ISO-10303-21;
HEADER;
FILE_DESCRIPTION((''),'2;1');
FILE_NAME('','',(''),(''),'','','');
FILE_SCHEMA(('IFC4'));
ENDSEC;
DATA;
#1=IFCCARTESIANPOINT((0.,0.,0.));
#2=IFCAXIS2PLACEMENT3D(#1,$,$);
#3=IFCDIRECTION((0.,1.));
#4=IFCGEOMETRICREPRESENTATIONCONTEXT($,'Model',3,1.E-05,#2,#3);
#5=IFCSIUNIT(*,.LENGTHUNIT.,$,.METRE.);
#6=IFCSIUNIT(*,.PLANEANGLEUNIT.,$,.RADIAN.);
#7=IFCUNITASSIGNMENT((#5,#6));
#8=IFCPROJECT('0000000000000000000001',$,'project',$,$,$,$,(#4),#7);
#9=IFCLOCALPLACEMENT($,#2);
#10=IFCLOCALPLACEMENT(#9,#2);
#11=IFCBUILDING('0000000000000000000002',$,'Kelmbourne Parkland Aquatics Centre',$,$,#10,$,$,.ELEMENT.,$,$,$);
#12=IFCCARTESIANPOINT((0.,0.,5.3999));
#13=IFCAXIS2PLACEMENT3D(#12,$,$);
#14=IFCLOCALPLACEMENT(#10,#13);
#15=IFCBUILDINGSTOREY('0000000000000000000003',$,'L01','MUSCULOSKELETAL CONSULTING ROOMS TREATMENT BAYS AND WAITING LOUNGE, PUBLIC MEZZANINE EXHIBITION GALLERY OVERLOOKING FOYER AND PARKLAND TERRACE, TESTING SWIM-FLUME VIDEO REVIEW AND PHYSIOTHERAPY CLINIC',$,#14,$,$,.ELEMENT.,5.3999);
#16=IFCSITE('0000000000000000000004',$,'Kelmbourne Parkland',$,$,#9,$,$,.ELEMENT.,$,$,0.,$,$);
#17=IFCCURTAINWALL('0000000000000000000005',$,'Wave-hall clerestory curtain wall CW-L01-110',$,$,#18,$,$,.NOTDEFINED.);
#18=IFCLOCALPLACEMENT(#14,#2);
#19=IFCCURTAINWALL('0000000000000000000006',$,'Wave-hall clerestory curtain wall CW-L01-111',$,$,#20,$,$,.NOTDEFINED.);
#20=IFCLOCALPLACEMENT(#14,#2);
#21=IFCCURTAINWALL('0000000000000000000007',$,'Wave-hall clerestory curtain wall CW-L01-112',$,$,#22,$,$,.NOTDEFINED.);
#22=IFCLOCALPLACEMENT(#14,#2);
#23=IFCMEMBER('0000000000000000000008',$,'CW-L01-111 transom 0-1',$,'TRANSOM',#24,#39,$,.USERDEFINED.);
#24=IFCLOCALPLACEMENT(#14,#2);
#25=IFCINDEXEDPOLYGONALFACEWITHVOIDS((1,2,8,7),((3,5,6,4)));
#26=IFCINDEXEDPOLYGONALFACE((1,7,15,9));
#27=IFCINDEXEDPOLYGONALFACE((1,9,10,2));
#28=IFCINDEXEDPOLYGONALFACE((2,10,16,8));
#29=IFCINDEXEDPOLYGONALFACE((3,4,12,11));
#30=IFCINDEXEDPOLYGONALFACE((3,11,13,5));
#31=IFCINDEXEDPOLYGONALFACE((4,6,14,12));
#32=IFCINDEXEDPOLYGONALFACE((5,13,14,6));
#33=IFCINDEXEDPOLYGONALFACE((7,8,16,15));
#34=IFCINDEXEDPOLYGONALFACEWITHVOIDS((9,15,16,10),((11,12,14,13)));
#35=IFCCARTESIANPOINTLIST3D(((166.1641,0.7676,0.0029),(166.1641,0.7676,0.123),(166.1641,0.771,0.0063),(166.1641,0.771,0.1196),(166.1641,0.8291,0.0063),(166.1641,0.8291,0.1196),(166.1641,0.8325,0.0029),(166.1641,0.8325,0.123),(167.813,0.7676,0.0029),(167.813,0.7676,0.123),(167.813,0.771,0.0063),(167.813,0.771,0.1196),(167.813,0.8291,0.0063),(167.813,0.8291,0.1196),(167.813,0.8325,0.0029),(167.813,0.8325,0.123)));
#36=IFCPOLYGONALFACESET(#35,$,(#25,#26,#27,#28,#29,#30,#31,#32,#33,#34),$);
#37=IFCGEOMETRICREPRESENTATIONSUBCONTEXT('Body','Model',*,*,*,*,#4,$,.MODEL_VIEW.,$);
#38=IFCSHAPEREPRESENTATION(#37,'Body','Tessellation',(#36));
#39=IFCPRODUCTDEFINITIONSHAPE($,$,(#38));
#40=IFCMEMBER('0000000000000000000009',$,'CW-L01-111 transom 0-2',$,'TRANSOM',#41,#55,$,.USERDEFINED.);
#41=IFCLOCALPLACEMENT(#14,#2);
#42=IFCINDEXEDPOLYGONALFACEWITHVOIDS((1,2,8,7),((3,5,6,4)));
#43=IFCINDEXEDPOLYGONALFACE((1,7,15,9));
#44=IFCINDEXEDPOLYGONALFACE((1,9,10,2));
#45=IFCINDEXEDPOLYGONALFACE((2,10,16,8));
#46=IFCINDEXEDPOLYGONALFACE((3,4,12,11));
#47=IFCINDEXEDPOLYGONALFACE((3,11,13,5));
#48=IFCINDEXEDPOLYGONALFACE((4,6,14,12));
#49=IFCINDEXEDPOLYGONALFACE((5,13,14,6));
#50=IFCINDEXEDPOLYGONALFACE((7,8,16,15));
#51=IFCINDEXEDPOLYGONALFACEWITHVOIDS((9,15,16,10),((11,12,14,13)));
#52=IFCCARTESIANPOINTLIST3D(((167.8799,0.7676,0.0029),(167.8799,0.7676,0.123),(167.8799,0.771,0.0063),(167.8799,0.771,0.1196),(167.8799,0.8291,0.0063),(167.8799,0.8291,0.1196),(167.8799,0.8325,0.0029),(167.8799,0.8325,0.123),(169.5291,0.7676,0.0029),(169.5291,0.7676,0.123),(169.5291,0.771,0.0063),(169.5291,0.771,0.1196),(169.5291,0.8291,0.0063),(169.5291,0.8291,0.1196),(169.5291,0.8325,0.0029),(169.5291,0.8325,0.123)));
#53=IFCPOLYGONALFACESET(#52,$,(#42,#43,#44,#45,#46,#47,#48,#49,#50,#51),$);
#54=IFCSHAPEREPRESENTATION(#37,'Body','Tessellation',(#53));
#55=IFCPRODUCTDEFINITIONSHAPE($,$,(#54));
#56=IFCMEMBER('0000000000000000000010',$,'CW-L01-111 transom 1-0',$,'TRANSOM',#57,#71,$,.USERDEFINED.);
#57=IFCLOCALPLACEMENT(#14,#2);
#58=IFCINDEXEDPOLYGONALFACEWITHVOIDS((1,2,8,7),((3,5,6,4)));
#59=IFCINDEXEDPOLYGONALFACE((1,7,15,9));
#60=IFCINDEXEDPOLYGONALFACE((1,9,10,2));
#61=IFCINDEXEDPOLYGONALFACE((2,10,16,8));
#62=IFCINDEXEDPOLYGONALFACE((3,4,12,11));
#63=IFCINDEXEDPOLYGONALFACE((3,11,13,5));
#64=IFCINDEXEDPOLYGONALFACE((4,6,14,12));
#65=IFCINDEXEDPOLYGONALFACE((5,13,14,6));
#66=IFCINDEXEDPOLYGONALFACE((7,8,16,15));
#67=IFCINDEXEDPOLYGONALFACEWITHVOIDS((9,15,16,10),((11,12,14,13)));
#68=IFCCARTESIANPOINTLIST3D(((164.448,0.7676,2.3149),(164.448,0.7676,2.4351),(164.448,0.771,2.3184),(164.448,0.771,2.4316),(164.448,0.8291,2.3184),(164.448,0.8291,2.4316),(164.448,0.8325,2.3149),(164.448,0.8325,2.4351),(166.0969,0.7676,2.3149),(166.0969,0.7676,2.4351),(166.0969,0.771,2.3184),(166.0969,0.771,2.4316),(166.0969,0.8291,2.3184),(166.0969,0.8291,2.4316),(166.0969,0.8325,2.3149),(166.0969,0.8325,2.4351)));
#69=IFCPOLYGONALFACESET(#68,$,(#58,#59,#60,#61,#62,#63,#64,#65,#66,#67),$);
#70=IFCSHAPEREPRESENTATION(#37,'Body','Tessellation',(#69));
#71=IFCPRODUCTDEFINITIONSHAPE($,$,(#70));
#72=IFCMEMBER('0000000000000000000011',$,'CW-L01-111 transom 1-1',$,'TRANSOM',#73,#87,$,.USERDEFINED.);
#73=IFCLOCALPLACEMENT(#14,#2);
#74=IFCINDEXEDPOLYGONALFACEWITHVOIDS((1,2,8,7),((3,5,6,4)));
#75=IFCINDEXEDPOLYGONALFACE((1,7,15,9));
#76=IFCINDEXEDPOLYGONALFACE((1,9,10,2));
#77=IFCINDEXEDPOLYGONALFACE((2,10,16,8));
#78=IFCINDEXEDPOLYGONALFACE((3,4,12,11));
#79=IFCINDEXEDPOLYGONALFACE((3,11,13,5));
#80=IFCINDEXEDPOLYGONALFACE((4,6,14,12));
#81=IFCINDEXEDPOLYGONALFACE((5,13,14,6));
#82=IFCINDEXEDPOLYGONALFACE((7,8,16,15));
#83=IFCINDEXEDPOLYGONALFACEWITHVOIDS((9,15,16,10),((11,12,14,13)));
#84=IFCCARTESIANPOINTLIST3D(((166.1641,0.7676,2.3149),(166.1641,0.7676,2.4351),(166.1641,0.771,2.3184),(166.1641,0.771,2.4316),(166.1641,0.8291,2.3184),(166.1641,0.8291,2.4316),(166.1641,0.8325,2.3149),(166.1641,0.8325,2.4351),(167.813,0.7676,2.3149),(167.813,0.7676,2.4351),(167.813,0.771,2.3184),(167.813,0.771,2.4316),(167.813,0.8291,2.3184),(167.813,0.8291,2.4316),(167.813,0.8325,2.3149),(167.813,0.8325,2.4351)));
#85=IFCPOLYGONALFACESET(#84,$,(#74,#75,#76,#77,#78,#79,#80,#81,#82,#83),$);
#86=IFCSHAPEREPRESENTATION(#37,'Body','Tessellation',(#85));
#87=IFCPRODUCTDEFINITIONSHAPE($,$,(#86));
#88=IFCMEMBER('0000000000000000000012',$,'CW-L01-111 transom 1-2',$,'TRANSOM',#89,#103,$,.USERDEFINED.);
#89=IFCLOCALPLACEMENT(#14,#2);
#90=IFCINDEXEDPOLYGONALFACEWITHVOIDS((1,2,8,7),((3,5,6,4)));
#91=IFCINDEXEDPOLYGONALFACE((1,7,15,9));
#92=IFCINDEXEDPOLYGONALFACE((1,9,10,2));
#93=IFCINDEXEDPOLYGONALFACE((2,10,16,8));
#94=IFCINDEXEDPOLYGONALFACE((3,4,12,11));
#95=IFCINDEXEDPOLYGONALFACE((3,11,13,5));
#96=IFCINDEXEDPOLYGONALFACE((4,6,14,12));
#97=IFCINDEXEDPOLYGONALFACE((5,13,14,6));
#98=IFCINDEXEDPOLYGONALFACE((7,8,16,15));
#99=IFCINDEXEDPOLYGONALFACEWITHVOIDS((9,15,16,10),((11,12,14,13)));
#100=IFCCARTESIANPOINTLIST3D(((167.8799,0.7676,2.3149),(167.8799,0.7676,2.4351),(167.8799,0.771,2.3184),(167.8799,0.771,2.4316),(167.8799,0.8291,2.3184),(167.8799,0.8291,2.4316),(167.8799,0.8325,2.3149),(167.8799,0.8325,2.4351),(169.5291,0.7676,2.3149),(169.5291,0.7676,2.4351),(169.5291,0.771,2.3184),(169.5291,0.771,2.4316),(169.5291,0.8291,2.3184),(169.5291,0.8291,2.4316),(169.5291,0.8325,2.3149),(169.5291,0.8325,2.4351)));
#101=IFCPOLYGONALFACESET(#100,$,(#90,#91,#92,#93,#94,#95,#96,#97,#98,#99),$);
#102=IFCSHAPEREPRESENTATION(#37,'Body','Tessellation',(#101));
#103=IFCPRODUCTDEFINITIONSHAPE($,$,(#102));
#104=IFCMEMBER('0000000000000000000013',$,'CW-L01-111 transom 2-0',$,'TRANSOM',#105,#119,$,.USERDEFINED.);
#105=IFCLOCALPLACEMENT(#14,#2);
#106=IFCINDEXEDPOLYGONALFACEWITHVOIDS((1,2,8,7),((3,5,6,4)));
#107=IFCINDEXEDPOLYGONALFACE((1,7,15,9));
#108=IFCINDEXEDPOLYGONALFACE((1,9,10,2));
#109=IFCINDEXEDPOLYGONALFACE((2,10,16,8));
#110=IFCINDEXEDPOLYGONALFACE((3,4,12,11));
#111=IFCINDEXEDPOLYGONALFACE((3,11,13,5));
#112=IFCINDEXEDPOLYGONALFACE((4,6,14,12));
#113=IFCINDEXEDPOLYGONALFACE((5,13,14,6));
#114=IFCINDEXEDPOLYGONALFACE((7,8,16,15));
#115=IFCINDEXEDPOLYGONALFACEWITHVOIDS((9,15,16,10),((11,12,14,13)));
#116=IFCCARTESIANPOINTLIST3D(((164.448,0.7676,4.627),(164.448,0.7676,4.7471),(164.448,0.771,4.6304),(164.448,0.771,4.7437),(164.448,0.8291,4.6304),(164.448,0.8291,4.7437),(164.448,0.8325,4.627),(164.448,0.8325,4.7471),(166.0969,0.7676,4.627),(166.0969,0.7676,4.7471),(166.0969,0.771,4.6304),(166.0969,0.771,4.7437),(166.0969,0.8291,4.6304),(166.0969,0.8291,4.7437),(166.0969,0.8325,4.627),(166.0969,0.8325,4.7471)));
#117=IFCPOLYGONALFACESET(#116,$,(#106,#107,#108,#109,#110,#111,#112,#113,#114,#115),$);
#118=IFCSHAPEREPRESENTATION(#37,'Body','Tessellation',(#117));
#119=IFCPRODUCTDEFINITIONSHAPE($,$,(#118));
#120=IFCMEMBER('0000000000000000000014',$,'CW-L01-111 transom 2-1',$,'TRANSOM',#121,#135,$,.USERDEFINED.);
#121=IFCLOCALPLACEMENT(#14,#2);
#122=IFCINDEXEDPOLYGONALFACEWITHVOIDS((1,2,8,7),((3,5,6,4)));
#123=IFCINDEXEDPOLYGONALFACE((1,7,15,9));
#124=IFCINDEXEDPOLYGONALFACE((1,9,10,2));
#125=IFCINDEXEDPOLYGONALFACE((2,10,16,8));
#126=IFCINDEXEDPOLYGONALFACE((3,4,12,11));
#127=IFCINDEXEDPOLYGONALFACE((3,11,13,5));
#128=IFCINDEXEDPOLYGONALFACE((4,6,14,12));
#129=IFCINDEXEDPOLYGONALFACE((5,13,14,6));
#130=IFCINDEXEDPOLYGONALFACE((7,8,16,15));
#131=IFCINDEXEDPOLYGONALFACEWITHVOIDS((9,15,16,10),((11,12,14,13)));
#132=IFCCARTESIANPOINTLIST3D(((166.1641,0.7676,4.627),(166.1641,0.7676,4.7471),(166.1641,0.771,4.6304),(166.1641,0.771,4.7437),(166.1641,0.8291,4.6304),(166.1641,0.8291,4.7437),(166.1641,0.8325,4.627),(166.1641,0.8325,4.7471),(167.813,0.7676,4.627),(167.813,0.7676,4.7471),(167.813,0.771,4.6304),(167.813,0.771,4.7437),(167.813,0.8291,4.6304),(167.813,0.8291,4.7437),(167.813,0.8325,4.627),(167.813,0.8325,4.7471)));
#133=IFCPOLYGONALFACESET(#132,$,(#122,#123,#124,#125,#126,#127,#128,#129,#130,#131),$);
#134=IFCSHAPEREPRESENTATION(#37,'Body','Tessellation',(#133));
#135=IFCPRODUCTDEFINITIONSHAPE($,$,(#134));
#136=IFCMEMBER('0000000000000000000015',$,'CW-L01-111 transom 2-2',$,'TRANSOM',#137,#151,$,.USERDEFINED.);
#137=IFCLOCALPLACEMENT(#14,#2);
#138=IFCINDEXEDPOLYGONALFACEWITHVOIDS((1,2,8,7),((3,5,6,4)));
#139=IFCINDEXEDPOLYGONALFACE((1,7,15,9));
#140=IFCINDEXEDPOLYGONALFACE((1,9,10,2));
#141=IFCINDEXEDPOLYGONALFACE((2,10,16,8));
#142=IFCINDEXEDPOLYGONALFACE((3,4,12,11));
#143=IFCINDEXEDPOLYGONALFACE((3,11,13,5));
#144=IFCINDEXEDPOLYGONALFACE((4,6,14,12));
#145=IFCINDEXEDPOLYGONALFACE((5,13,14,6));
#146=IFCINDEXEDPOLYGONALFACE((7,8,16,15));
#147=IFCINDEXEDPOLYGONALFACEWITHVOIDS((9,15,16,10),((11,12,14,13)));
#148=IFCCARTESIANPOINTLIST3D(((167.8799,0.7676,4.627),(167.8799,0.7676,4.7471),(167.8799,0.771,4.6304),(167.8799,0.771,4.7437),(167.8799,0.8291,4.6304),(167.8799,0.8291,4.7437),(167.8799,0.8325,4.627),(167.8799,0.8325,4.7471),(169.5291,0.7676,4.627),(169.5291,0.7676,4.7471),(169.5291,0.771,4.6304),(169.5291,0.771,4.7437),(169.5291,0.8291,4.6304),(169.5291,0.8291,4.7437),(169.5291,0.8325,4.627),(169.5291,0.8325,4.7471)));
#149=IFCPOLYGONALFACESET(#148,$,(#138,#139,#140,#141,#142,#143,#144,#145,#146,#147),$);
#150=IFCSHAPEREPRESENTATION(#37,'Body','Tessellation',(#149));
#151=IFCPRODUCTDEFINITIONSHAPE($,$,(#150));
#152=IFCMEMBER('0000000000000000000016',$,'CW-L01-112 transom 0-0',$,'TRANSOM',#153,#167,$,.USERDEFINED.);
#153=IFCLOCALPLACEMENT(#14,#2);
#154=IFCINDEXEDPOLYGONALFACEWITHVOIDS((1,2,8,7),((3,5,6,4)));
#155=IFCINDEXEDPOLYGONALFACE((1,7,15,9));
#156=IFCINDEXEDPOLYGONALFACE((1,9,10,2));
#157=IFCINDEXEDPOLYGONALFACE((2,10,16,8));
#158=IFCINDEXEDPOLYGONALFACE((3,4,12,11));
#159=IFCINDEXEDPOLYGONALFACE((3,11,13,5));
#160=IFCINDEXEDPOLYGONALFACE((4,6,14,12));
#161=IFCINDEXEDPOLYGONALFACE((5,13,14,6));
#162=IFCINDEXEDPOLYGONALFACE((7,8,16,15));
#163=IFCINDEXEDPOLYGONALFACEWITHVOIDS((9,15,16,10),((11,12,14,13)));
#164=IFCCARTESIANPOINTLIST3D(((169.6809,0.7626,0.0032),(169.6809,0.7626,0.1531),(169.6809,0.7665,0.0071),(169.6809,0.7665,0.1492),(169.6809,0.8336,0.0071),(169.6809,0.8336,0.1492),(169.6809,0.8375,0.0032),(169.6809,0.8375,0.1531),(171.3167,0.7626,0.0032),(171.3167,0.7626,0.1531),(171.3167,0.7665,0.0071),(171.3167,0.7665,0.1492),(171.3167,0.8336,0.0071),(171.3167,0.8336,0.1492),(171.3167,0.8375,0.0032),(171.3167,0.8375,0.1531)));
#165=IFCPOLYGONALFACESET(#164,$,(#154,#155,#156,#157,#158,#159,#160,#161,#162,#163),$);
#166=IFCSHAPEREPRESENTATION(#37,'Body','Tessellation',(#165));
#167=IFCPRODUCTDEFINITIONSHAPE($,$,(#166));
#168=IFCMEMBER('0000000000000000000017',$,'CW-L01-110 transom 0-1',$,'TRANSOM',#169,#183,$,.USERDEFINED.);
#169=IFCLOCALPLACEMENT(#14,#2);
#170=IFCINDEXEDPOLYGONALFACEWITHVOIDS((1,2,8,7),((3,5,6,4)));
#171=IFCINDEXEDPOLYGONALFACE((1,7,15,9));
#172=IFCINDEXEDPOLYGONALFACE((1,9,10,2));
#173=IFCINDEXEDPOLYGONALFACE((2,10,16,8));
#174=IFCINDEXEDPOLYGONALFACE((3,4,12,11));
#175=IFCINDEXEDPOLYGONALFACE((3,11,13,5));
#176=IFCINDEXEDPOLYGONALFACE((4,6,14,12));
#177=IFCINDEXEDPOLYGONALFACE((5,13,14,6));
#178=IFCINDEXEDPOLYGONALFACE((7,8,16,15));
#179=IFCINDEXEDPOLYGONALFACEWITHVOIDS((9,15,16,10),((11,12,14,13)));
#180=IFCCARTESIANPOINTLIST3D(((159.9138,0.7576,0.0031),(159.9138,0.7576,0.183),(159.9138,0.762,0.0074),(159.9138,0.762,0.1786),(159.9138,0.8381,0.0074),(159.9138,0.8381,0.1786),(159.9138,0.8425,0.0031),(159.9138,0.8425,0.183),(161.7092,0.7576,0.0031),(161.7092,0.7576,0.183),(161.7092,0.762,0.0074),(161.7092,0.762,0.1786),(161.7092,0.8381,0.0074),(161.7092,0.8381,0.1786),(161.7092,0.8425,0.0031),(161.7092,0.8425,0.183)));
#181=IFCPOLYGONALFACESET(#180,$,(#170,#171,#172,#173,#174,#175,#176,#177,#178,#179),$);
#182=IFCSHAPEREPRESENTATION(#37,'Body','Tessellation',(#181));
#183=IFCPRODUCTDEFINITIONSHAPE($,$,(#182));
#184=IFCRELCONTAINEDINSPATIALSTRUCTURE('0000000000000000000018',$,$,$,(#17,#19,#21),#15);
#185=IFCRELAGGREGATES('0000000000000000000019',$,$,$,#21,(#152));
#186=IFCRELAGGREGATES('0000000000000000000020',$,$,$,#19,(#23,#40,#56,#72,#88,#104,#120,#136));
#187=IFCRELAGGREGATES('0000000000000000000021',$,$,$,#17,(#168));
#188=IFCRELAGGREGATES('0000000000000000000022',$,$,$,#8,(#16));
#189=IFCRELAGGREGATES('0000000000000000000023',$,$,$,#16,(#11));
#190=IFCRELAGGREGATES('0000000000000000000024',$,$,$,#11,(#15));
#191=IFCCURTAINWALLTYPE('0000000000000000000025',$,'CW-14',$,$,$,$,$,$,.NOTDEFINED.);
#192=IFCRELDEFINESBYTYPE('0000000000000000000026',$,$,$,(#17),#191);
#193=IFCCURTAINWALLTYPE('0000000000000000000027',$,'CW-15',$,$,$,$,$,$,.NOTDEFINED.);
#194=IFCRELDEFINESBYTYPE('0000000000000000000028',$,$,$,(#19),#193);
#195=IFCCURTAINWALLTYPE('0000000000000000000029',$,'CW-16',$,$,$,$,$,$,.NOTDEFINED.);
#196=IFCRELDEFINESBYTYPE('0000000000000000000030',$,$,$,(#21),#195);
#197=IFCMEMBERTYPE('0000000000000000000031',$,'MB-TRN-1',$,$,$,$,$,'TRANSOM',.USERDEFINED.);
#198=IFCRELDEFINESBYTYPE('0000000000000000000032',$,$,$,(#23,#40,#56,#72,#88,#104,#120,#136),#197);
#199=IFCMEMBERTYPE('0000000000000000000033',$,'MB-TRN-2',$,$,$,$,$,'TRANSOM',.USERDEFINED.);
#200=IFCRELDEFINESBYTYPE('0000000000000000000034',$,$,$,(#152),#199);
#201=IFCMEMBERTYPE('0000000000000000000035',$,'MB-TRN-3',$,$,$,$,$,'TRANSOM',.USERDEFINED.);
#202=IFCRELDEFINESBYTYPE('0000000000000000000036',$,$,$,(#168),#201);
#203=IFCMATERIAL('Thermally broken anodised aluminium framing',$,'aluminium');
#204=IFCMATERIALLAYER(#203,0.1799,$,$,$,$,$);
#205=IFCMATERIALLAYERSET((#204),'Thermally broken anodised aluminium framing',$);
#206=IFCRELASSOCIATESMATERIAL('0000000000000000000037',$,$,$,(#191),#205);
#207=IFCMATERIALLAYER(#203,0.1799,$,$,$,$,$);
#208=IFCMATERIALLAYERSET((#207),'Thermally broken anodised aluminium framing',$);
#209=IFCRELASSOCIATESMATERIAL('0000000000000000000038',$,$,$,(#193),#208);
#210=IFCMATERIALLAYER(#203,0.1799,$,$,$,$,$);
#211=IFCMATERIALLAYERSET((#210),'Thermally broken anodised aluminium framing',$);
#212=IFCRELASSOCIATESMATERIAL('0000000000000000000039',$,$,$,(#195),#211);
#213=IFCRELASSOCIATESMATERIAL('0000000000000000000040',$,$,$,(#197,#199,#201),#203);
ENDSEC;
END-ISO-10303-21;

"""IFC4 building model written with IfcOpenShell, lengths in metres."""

from ifc_helpers import new_model, si_unit, direction, frame, origin, origin_2d, place, context, subcontext, project, spatial, hollow_rectangle, extrude, material, layer, layer_set, material_profile, profile_set, type_object, element, aggregate, save


model = new_model("IFC4")

# Units and contexts
model_context = context("Model", 3, precision=1e-05, world=origin(), true_north=direction((0.0, 1.0)))
body_context = subcontext(model_context, "Body", "Model", "MODEL_VIEW")
ifc_project = project(units=[si_unit("LENGTHUNIT", "METRE"), si_unit("PLANEANGLEUNIT", "RADIAN")], contexts=[model_context])

# Site, building, storey
site_placement = place(None, origin())
site = spatial("IfcSite", under=ifc_project, at=site_placement, Name="Kelmbourne Parkland", CompositionType="ELEMENT", RefElevation=0.0)
building_placement = place(site_placement, origin())
building = spatial("IfcBuilding", under=site, at=building_placement, Name="Kelmbourne Parkland Aquatics Centre", CompositionType="ELEMENT")
storey_placement = place(building_placement, frame((0.0, 0.0, 5.3999)))
storey = spatial("IfcBuildingStorey", under=building, at=storey_placement, Name="L01", Description="MUSCULOSKELETAL CONSULTING ROOMS TREATMENT BAYS AND WAITING LOUNGE, PUBLIC MEZZANINE EXHIBITION GALLERY OVERLOOKING FOYER AND PARKLAND TERRACE, TESTING SWIM-FLUME VIDEO REVIEW AND PHYSIOTHERAPY CLINIC", CompositionType="ELEMENT", Elevation=5.3999)

# Curtain walls
ifc_material_1 = material(Name="Thermally broken anodised aluminium framing", Category="aluminium")
ifc_layer_1 = layer(ifc_material_1, 0.1799)
ifc_layer_set_1 = layer_set([ifc_layer_1], Name="Thermally broken anodised aluminium framing")
curtain_wall_type_1 = type_object("IfcCurtainWallType", Name="CW-14", PredefinedType="NOTDEFINED", material=ifc_layer_set_1)
curtain_wall_1_placement = place(storey_placement, origin())
curtain_wall_1 = element("IfcCurtainWall", 1, at=curtain_wall_1_placement, inside=storey, type_object=curtain_wall_type_1, Name="Wave-hall clerestory curtain wall CW-L01-110", PredefinedType="NOTDEFINED")
ifc_layer_2 = layer(ifc_material_1, 0.1799)
ifc_layer_set_2 = layer_set([ifc_layer_2], Name="Thermally broken anodised aluminium framing")
curtain_wall_type_2 = type_object("IfcCurtainWallType", Name="CW-15", PredefinedType="NOTDEFINED", material=ifc_layer_set_2)
curtain_wall_2_placement = place(storey_placement, origin())
curtain_wall_2 = element("IfcCurtainWall", 2, at=curtain_wall_2_placement, inside=storey, type_object=curtain_wall_type_2, Name="Wave-hall clerestory curtain wall CW-L01-111", PredefinedType="NOTDEFINED")

# Curtain wall
ifc_layer_3 = layer(ifc_material_1, 0.1799)
ifc_layer_set_3 = layer_set([ifc_layer_3], Name="Thermally broken anodised aluminium framing")
curtain_wall_type_3 = type_object("IfcCurtainWallType", Name="CW-16", PredefinedType="NOTDEFINED", material=ifc_layer_set_3)
curtain_wall_3_placement = place(storey_placement, origin())
curtain_wall_3 = element("IfcCurtainWall", 3, at=curtain_wall_3_placement, inside=storey, type_object=curtain_wall_type_3, Name="Wave-hall clerestory curtain wall CW-L01-112", PredefinedType="NOTDEFINED")

# Members
ifc_material_profile_1 = material_profile(ifc_material_1, hollow_rectangle(XDim=0.0649, YDim=0.1201, WallThickness=0.0034, at=origin_2d()), Name="CW-T 65x120")
ifc_profile_set_1 = profile_set([ifc_material_profile_1], Name="Thermally broken anodised aluminium framing")
member_type_1 = type_object("IfcMemberType", Name="MB-TRN-1", ElementType="TRANSOM", PredefinedType="USERDEFINED", material=ifc_profile_set_1)
member_1_placement = place(storey_placement, frame((166.1641, 0.8, 0.063), z_axis=(1.0, 0.0, 0.0), x_axis=(0.0, 1.0, 0.0)))
member_1 = element("IfcMember", 4, at=member_1_placement, type_object=member_type_1, Name="CW-L01-111 transom 0-1", ObjectType="TRANSOM", PredefinedType="USERDEFINED", context=body_context, shape_type="SweptSolid", body=[
    extrude(hollow_rectangle(XDim=0.0649, YDim=0.1201, WallThickness=0.0034, at=origin_2d()), origin(), (0.0, 0.0, 1.0), 1.6489),
])
member_2_placement = place(storey_placement, frame((167.8799, 0.8, 0.063), z_axis=(1.0, 0.0, 0.0), x_axis=(0.0, 1.0, 0.0)))
member_2 = element("IfcMember", 5, at=member_2_placement, type_object=member_type_1, Name="CW-L01-111 transom 0-2", ObjectType="TRANSOM", PredefinedType="USERDEFINED", context=body_context, shape_type="SweptSolid", body=[
    extrude(hollow_rectangle(XDim=0.0649, YDim=0.1201, WallThickness=0.0034, at=origin_2d()), origin(), (0.0, 0.0, 1.0), 1.6492),
])
member_3_placement = place(storey_placement, frame((164.448, 0.8, 2.375), z_axis=(1.0, 0.0, 0.0), x_axis=(0.0, 1.0, 0.0)))
member_3 = element("IfcMember", 6, at=member_3_placement, type_object=member_type_1, Name="CW-L01-111 transom 1-0", ObjectType="TRANSOM", PredefinedType="USERDEFINED", context=body_context, shape_type="SweptSolid", body=[
    extrude(hollow_rectangle(XDim=0.0649, YDim=0.1201, WallThickness=0.0034, at=origin_2d()), origin(), (0.0, 0.0, 1.0), 1.6489),
])
member_4_placement = place(storey_placement, frame((166.1641, 0.8, 2.375), z_axis=(1.0, 0.0, 0.0), x_axis=(0.0, 1.0, 0.0)))
member_4 = element("IfcMember", 7, at=member_4_placement, type_object=member_type_1, Name="CW-L01-111 transom 1-1", ObjectType="TRANSOM", PredefinedType="USERDEFINED", context=body_context, shape_type="SweptSolid", body=[
    extrude(hollow_rectangle(XDim=0.0649, YDim=0.1201, WallThickness=0.0034, at=origin_2d()), origin(), (0.0, 0.0, 1.0), 1.6489),
])
member_5_placement = place(storey_placement, frame((167.8799, 0.8, 2.375), z_axis=(1.0, 0.0, 0.0), x_axis=(0.0, 1.0, 0.0)))
member_5 = element("IfcMember", 8, at=member_5_placement, type_object=member_type_1, Name="CW-L01-111 transom 1-2", ObjectType="TRANSOM", PredefinedType="USERDEFINED", context=body_context, shape_type="SweptSolid", body=[
    extrude(hollow_rectangle(XDim=0.0649, YDim=0.1201, WallThickness=0.0034, at=origin_2d()), origin(), (0.0, 0.0, 1.0), 1.6492),
])
member_6_placement = place(storey_placement, frame((164.448, 0.8, 4.687), z_axis=(1.0, 0.0, 0.0), x_axis=(0.0, 1.0, 0.0)))
member_6 = element("IfcMember", 9, at=member_6_placement, type_object=member_type_1, Name="CW-L01-111 transom 2-0", ObjectType="TRANSOM", PredefinedType="USERDEFINED", context=body_context, shape_type="SweptSolid", body=[
    extrude(hollow_rectangle(XDim=0.0649, YDim=0.1201, WallThickness=0.0034, at=origin_2d()), origin(), (0.0, 0.0, 1.0), 1.6489),
])
member_7_placement = place(storey_placement, frame((166.1641, 0.8, 4.687), z_axis=(1.0, 0.0, 0.0), x_axis=(0.0, 1.0, 0.0)))
member_7 = element("IfcMember", 10, at=member_7_placement, type_object=member_type_1, Name="CW-L01-111 transom 2-1", ObjectType="TRANSOM", PredefinedType="USERDEFINED", context=body_context, shape_type="SweptSolid", body=[
    extrude(hollow_rectangle(XDim=0.0649, YDim=0.1201, WallThickness=0.0034, at=origin_2d()), origin(), (0.0, 0.0, 1.0), 1.6489),
])
member_8_placement = place(storey_placement, frame((167.8799, 0.8, 4.687), z_axis=(1.0, 0.0, 0.0), x_axis=(0.0, 1.0, 0.0)))
member_8 = element("IfcMember", 11, at=member_8_placement, type_object=member_type_1, Name="CW-L01-111 transom 2-2", ObjectType="TRANSOM", PredefinedType="USERDEFINED", context=body_context, shape_type="SweptSolid", body=[
    extrude(hollow_rectangle(XDim=0.0649, YDim=0.1201, WallThickness=0.0034, at=origin_2d()), origin(), (0.0, 0.0, 1.0), 1.6492),
])
ifc_material_profile_2 = material_profile(ifc_material_1, hollow_rectangle(XDim=0.075, YDim=0.1499, WallThickness=0.0039, at=origin_2d()), Name="CW-T 75x150")
ifc_profile_set_2 = profile_set([ifc_material_profile_2], Name="Thermally broken anodised aluminium framing")
member_type_2 = type_object("IfcMemberType", Name="MB-TRN-2", ElementType="TRANSOM", PredefinedType="USERDEFINED", material=ifc_profile_set_2)
member_9_placement = place(storey_placement, frame((169.6809, 0.8, 0.0781), z_axis=(1.0, 0.0, 0.0), x_axis=(0.0, 1.0, 0.0)))
member_9 = element("IfcMember", 12, at=member_9_placement, type_object=member_type_2, Name="CW-L01-112 transom 0-0", ObjectType="TRANSOM", PredefinedType="USERDEFINED", context=body_context, shape_type="SweptSolid", body=[
    extrude(hollow_rectangle(XDim=0.075, YDim=0.1499, WallThickness=0.0039, at=origin_2d()), origin(), (0.0, 0.0, 1.0), 1.6357),
])
aggregate(curtain_wall_3, [member_9])
ifc_material_profile_3 = material_profile(ifc_material_1, hollow_rectangle(XDim=0.085, YDim=0.1799, WallThickness=0.0044, at=origin_2d()), Name="CW-T 85x180")
ifc_profile_set_3 = profile_set([ifc_material_profile_3], Name="Thermally broken anodised aluminium framing")
member_type_3 = type_object("IfcMemberType", Name="MB-TRN-3", ElementType="TRANSOM", PredefinedType="USERDEFINED", material=ifc_profile_set_3)
member_10_placement = place(storey_placement, frame((159.9138, 0.8, 0.093), z_axis=(1.0, 0.0, 0.0), x_axis=(0.0, 1.0, 0.0)))
member_10 = element("IfcMember", 13, at=member_10_placement, type_object=member_type_3, Name="CW-L01-110 transom 0-1", ObjectType="TRANSOM", PredefinedType="USERDEFINED", context=body_context, shape_type="SweptSolid", body=[
    extrude(hollow_rectangle(XDim=0.085, YDim=0.1799, WallThickness=0.0044, at=origin_2d()), origin(), (0.0, 0.0, 1.0), 1.7954),
])

aggregate(curtain_wall_2, [member_1, member_2, member_3, member_4, member_5, member_6, member_7, member_8])
aggregate(curtain_wall_1, [member_10])

save(model, "model.ifc")
